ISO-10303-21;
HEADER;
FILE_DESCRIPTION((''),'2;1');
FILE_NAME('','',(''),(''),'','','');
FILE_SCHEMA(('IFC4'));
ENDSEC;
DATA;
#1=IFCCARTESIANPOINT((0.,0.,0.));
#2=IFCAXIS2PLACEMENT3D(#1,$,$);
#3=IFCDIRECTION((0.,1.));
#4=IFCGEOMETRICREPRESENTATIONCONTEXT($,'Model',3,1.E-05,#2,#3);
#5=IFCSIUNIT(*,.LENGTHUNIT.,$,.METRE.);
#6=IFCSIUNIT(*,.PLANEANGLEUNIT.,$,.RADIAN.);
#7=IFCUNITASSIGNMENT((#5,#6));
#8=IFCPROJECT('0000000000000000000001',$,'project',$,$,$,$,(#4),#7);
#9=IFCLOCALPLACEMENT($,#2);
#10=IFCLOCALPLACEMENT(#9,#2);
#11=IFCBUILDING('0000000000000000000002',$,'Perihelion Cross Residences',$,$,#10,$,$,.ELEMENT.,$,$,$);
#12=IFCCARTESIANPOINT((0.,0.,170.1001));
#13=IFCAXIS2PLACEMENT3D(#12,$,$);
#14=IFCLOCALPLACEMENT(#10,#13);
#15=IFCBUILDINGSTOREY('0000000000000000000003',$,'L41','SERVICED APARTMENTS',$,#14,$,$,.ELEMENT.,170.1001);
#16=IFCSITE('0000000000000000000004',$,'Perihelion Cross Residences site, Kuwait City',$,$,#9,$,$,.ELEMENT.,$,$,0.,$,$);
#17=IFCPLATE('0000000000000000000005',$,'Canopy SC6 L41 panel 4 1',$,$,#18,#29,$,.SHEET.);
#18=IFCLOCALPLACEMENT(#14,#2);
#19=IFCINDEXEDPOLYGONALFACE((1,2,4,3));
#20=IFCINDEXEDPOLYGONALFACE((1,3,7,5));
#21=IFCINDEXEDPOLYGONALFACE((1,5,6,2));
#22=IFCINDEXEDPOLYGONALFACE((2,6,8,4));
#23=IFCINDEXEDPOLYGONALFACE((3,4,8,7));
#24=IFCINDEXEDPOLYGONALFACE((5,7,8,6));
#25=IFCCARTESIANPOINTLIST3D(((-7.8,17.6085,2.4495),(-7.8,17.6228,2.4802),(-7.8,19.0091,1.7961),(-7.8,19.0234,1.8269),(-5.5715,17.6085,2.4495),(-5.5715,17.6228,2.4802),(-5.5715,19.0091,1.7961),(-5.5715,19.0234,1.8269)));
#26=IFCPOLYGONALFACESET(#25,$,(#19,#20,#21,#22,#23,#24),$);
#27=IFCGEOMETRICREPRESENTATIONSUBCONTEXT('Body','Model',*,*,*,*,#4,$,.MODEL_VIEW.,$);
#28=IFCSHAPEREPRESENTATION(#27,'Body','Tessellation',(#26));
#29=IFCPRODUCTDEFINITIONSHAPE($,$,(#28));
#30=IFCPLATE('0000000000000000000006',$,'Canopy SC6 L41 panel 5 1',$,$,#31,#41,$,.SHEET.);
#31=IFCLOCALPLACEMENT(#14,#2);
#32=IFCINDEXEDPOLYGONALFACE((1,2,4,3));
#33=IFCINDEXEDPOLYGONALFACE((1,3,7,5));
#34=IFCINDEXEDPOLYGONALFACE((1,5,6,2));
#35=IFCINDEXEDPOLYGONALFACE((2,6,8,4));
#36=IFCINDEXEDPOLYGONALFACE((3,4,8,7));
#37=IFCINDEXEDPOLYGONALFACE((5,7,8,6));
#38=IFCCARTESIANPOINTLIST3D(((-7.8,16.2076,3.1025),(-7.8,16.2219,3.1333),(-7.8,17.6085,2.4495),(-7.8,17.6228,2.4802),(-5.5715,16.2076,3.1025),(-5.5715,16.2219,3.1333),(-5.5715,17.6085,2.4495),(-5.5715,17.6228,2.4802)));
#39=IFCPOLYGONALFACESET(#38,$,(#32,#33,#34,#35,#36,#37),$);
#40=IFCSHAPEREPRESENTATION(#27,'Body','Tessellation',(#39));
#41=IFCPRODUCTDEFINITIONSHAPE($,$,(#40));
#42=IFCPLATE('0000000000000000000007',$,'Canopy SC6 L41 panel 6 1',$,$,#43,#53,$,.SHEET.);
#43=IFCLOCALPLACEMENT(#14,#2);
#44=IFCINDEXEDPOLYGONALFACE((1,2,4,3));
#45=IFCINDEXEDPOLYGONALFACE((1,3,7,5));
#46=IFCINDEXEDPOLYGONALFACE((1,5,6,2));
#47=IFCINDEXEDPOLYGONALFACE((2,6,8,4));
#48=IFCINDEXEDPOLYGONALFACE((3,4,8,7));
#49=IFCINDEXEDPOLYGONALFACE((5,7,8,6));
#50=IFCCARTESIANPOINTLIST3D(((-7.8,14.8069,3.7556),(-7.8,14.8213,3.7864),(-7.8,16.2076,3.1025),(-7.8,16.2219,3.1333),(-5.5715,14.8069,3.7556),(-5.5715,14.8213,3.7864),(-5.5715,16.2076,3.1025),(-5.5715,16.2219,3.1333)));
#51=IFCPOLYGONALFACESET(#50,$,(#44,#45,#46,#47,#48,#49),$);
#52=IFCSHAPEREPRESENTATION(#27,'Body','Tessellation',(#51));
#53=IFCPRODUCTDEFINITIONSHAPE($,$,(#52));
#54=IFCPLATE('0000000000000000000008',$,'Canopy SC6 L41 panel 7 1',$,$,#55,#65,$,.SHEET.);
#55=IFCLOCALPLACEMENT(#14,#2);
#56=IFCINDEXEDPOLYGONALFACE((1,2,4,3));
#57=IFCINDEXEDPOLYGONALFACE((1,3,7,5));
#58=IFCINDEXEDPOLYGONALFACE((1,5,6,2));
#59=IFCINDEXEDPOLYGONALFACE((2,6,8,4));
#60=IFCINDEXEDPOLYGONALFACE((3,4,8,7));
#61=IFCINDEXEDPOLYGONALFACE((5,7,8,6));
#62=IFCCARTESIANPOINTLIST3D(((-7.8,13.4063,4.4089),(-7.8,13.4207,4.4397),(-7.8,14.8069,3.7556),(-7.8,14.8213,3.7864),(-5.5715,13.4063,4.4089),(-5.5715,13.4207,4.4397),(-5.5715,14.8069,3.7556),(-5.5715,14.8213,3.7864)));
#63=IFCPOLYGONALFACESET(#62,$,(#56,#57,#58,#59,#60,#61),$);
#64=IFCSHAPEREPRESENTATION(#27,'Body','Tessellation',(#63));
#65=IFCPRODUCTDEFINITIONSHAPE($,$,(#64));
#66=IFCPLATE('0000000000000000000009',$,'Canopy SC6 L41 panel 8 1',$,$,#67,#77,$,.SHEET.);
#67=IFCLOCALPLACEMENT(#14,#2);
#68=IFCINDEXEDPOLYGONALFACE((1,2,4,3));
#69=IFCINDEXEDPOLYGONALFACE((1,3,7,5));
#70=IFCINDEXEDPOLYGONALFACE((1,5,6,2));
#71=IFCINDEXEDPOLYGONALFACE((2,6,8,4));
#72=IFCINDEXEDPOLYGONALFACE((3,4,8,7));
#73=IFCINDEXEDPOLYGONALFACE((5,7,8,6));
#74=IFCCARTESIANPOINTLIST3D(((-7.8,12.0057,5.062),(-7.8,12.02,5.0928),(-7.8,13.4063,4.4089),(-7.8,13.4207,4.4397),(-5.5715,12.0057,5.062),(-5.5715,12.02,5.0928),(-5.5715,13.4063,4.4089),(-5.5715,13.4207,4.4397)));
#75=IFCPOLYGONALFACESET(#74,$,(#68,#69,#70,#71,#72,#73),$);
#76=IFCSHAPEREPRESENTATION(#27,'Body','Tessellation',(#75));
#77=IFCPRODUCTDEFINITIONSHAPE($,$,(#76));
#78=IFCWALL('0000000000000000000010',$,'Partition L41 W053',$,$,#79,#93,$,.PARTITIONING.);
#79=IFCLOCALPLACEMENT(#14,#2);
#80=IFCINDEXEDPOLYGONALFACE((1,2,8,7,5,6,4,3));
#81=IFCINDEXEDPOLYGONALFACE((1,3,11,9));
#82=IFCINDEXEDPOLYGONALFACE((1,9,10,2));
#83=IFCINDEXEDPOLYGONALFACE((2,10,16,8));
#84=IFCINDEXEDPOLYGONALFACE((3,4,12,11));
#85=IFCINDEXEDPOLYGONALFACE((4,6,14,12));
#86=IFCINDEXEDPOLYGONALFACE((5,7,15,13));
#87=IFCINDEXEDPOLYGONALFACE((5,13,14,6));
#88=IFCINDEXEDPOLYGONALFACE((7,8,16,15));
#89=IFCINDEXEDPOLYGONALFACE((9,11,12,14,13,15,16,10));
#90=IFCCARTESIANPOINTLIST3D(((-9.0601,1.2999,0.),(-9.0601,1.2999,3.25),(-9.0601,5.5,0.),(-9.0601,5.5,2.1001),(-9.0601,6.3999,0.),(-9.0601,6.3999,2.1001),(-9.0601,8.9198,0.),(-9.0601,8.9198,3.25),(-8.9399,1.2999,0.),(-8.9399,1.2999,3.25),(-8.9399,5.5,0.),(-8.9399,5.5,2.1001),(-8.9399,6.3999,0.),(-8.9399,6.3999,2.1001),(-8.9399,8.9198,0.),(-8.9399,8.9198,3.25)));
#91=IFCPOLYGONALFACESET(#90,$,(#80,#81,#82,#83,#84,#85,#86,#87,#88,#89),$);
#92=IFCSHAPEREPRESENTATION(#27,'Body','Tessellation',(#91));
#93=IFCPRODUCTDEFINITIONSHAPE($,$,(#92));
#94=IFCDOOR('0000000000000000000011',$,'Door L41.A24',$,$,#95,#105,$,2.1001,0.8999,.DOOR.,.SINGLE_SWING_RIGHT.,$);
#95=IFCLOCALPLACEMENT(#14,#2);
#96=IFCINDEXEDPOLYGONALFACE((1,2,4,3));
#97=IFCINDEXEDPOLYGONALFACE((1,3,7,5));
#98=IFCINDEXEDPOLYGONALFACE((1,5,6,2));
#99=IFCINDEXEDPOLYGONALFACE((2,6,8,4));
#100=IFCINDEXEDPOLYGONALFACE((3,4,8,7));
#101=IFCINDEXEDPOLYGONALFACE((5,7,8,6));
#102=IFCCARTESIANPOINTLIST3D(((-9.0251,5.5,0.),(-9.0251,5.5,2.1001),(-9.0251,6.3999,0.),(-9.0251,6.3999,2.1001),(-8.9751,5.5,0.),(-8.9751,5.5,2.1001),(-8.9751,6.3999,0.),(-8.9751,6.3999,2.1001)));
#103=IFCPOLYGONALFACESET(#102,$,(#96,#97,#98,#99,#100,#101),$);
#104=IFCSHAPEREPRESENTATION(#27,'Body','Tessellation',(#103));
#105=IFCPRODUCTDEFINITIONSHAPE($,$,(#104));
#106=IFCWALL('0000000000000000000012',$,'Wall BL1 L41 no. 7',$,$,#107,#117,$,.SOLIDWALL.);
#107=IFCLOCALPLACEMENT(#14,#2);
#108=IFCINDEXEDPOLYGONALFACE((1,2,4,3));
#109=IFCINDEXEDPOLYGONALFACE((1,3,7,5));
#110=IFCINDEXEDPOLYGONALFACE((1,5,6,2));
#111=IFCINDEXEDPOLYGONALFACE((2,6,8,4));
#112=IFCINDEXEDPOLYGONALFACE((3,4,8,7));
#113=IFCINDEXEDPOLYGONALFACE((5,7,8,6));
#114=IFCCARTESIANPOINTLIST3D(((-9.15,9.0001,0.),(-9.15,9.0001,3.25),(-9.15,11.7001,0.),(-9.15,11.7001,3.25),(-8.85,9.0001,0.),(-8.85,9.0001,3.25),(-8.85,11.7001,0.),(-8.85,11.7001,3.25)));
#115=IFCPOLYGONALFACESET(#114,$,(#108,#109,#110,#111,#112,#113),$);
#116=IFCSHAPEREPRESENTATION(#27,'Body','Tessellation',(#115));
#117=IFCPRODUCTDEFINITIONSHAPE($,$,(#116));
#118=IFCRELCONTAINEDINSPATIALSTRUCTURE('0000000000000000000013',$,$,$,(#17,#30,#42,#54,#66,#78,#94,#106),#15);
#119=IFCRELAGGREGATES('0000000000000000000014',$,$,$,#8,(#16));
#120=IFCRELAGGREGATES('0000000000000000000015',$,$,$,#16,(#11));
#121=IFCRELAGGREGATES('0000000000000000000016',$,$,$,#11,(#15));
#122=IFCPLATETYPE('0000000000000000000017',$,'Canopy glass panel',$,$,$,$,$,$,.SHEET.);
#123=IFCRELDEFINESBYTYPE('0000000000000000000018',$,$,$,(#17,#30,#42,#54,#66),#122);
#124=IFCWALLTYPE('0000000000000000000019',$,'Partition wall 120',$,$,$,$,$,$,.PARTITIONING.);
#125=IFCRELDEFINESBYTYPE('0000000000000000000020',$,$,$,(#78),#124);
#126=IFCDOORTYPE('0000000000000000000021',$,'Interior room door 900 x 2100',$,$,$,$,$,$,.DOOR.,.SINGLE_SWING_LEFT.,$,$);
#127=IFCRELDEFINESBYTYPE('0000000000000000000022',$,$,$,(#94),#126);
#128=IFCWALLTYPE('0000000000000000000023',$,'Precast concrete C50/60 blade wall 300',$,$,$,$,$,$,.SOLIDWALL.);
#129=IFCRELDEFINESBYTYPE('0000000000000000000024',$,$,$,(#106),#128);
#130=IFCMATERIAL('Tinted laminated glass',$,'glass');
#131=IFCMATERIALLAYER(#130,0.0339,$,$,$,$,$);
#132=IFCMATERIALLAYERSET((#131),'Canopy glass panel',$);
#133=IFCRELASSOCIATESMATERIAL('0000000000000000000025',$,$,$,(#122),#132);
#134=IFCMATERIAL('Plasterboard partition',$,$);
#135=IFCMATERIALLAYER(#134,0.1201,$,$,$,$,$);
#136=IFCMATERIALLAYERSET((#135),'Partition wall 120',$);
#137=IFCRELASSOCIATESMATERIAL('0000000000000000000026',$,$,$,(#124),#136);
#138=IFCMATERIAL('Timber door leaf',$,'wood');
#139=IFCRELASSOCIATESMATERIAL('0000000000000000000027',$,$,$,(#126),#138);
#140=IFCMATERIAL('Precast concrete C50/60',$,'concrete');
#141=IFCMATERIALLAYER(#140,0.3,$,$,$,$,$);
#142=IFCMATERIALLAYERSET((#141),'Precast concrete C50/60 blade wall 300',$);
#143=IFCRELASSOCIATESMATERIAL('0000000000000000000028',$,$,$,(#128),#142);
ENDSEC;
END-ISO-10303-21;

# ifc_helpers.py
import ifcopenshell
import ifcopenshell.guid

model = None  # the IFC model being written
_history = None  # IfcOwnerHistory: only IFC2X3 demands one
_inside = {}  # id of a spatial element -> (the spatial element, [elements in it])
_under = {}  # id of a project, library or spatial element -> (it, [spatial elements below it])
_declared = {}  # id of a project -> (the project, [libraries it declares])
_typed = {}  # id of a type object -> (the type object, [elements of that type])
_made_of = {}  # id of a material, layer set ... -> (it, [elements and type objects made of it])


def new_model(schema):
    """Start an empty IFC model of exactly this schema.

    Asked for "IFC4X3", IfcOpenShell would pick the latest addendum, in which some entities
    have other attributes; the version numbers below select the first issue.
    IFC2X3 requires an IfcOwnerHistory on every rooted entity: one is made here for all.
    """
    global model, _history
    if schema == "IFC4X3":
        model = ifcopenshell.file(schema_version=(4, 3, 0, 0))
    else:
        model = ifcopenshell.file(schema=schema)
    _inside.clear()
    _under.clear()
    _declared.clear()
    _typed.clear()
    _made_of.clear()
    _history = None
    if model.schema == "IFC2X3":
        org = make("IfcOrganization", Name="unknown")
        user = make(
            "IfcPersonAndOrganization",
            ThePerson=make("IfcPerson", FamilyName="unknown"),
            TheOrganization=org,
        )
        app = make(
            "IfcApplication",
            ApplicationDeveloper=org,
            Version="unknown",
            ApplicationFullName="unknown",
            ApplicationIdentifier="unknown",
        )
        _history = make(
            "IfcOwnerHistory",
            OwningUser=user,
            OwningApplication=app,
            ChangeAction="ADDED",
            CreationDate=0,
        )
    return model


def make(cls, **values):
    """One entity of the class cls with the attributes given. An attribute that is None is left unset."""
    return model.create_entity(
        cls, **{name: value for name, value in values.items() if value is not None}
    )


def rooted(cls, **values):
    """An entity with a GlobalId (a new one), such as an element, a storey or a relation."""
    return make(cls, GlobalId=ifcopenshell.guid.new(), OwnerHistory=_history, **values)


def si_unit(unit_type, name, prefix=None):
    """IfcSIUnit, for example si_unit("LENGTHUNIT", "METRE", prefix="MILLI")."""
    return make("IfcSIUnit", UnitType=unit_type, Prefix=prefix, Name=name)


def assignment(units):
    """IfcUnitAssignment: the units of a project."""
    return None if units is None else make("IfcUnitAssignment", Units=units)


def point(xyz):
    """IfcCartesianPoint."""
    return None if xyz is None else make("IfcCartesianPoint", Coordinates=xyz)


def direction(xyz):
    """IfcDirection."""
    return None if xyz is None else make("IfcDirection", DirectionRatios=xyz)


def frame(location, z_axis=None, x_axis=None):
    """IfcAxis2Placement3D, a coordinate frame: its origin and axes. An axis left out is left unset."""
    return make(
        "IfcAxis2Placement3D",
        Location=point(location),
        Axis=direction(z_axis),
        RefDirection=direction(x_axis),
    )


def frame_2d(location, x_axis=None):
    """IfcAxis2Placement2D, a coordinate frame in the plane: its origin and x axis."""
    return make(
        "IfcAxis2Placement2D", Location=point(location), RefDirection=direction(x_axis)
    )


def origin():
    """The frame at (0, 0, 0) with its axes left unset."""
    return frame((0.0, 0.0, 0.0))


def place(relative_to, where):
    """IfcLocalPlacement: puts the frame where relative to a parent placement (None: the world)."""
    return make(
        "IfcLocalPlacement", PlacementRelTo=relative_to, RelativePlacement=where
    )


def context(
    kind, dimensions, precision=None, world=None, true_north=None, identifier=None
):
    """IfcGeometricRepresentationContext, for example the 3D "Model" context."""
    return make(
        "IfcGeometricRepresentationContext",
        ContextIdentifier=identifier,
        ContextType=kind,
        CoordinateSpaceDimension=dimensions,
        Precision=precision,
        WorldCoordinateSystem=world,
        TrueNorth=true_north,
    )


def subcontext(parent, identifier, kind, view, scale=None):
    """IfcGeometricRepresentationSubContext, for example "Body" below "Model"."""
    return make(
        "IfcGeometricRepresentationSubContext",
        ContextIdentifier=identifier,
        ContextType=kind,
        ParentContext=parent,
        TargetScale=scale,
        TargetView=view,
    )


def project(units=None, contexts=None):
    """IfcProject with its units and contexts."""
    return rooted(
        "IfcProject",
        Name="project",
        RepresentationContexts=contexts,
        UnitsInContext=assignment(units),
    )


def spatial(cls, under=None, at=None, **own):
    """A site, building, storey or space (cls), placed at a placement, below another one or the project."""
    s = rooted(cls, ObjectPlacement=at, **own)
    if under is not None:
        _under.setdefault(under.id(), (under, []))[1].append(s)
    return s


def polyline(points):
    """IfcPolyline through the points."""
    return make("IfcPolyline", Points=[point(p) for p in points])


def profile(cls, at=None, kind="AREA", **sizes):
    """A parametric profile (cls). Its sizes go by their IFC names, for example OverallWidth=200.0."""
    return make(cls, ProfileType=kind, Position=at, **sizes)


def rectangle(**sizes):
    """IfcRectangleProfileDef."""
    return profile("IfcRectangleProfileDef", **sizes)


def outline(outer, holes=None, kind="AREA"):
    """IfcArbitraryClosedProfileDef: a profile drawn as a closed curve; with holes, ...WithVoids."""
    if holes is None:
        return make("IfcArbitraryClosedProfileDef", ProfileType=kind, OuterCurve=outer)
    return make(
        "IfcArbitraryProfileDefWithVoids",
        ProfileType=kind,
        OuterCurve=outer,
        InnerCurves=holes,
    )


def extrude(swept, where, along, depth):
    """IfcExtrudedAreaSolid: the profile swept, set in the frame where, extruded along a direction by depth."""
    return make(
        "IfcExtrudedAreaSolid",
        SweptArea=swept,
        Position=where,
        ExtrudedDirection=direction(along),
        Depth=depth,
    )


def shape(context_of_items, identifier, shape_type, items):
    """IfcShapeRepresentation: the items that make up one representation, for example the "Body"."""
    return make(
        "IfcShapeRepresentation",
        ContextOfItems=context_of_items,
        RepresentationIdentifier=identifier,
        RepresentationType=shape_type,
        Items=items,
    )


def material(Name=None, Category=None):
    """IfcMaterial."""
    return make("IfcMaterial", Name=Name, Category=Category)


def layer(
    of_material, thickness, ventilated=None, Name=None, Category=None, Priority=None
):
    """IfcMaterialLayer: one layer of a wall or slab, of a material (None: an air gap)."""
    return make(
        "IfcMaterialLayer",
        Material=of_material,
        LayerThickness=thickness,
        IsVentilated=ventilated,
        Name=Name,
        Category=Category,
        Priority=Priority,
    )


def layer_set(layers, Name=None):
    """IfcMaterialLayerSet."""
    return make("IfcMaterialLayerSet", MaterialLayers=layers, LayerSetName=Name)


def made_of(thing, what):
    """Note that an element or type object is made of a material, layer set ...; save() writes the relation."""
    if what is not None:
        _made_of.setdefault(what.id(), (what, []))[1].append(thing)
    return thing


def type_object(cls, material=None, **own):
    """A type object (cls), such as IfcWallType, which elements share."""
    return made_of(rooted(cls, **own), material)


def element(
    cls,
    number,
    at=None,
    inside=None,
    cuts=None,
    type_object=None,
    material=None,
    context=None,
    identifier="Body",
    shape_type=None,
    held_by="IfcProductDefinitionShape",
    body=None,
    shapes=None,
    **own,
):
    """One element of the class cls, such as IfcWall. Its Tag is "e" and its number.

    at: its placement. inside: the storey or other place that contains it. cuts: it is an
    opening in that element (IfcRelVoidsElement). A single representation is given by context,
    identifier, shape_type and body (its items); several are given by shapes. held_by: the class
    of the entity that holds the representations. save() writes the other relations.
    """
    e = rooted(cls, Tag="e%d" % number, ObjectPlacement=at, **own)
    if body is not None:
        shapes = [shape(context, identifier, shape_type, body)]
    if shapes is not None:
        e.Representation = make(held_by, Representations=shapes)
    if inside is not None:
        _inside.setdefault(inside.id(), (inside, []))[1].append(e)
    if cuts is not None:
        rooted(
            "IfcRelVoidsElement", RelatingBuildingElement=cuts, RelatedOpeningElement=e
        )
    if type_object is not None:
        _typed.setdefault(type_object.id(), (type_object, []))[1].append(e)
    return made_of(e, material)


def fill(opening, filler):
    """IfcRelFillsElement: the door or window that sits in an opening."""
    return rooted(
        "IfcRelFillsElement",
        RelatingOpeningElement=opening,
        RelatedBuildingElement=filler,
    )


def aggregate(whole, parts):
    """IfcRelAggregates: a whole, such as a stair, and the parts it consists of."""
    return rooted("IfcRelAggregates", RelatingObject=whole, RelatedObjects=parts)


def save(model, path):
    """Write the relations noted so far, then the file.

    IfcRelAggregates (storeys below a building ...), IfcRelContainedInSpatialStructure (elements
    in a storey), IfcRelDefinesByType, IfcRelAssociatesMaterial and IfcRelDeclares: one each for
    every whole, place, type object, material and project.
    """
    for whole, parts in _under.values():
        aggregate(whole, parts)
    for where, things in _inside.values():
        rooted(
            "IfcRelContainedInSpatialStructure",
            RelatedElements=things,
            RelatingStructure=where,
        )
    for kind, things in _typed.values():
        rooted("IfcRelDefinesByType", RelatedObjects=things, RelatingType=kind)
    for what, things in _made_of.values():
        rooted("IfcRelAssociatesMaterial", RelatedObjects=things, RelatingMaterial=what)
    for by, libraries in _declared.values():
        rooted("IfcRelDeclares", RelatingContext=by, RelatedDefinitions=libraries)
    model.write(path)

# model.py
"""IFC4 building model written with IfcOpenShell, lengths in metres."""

from ifc_helpers import new_model, si_unit, direction, frame, frame_2d, origin, place, context, subcontext, project, spatial, polyline, rectangle, outline, extrude, material, layer, layer_set, type_object, element, fill, save


model = new_model("IFC4")

# Units and contexts
model_context = context("Model", 3, precision=1e-05, world=origin(), true_north=direction((0.0, 1.0)))
body_context = subcontext(model_context, "Body", "Model", "MODEL_VIEW")
ifc_project = project(units=[si_unit("LENGTHUNIT", "METRE"), si_unit("PLANEANGLEUNIT", "RADIAN")], contexts=[model_context])

# Site, building, storey
site_placement = place(None, origin())
site = spatial("IfcSite", under=ifc_project, at=site_placement, Name="Perihelion Cross Residences site, Kuwait City", CompositionType="ELEMENT", RefElevation=0.0)
building_placement = place(site_placement, origin())
building = spatial("IfcBuilding", under=site, at=building_placement, Name="Perihelion Cross Residences", CompositionType="ELEMENT")
storey_placement = place(building_placement, frame((0.0, 0.0, 170.1001)))
storey = spatial("IfcBuildingStorey", under=building, at=storey_placement, Name="L41", Description="SERVICED APARTMENTS", CompositionType="ELEMENT", Elevation=170.1001)

# Plates
ifc_material_1 = material(Name="Tinted laminated glass", Category="glass")
ifc_layer_1 = layer(ifc_material_1, 0.0339)
ifc_layer_set_1 = layer_set([ifc_layer_1], Name="Canopy glass panel")
plate_type_1 = type_object("IfcPlateType", Name="Canopy glass panel", PredefinedType="SHEET", material=ifc_layer_set_1)
plate_1_placement = place(storey_placement, frame((-7.8, 19.0234, 1.8269), z_axis=(0.0, 0.422721, 0.90626), x_axis=(1.0, 0.0, 0.0)))
element("IfcPlate", 1, at=plate_1_placement, inside=storey, type_object=plate_type_1, Name="Canopy SC6 L41 panel 4 1", PredefinedType="SHEET", context=body_context, shape_type="SweptSolid", body=[
    extrude(outline(polyline([(0.0, 0.0), (2.2285, 0.0), (2.2285, -1.5455), (0.0, -1.5455), (0.0, 0.0)])), origin(), (0.0, 0.0, -1.0), 0.0339),
])
plate_2_placement = place(storey_placement, frame((-7.8, 17.6228, 2.4802), z_axis=(0.0, 0.422531, 0.906349), x_axis=(1.0, 0.0, 0.0)))
element("IfcPlate", 2, at=plate_2_placement, inside=storey, type_object=plate_type_1, Name="Canopy SC6 L41 panel 5 1", PredefinedType="SHEET", context=body_context, shape_type="SweptSolid", body=[
    extrude(outline(polyline([(0.0, 0.0), (2.2285, 0.0), (2.2285, -1.5456), (0.0, -1.5456), (0.0, 0.0)])), origin(), (0.0, 0.0, -1.0), 0.0339),
])
plate_3_placement = place(storey_placement, frame((-7.8, 16.2219, 3.1333), z_axis=(0.0, 0.422591, 0.90632), x_axis=(1.0, 0.0, 0.0)))
element("IfcPlate", 3, at=plate_3_placement, inside=storey, type_object=plate_type_1, Name="Canopy SC6 L41 panel 6 1", PredefinedType="SHEET", context=body_context, shape_type="SweptSolid", body=[
    extrude(outline(polyline([(0.0, 0.0), (2.2285, 0.0), (2.2285, -1.5454), (0.0, -1.5454), (0.0, 0.0)])), origin(), (0.0, 0.0, -1.0), 0.0339),
])
plate_4_placement = place(storey_placement, frame((-7.8, 14.8213, 3.7864), z_axis=(0.0, 0.422721, 0.90626), x_axis=(1.0, 0.0, 0.0)))
element("IfcPlate", 4, at=plate_4_placement, inside=storey, type_object=plate_type_1, Name="Canopy SC6 L41 panel 7 1", PredefinedType="SHEET", context=body_context, shape_type="SweptSolid", body=[
    extrude(outline(polyline([(0.0, 0.0), (2.2285, 0.0), (2.2285, -1.5455), (0.0, -1.5455), (0.0, 0.0)])), origin(), (0.0, 0.0, -1.0), 0.0339),
])
plate_5_placement = place(storey_placement, frame((-7.8, 13.4207, 4.4397), z_axis=(0.0, 0.422591, 0.90632), x_axis=(1.0, 0.0, 0.0)))
element("IfcPlate", 5, at=plate_5_placement, inside=storey, type_object=plate_type_1, Name="Canopy SC6 L41 panel 8 1", PredefinedType="SHEET", context=body_context, shape_type="SweptSolid", body=[
    extrude(outline(polyline([(0.0, 0.0), (2.2285, 0.0), (2.2285, -1.5454), (0.0, -1.5454), (0.0, 0.0)])), origin(), (0.0, 0.0, -1.0), 0.0339),
])

# Wall, opening, door
ifc_material_2 = material(Name="Plasterboard partition")
ifc_layer_2 = layer(ifc_material_2, 0.1201)
ifc_layer_set_2 = layer_set([ifc_layer_2], Name="Partition wall 120")
wall_type_1 = type_object("IfcWallType", Name="Partition wall 120", PredefinedType="PARTITIONING", material=ifc_layer_set_2)
wall_1_placement = place(storey_placement, frame((-9.0, 8.9199, 0.0), z_axis=(0.0, 0.0, 1.0), x_axis=(0.0, -1.0, 0.0)))
wall_1 = element("IfcWall", 6, at=wall_1_placement, inside=storey, type_object=wall_type_1, Name="Partition L41 W053", PredefinedType="PARTITIONING", context=body_context, shape_type="SweptSolid", body=[
    extrude(rectangle(XDim=7.6199, YDim=0.1201, at=frame_2d((3.8101, 0.0))), origin(), (0.0, 0.0, 1.0), 3.25),
])
opening_1_placement = place(wall_1_placement, frame((2.52, 0.0, 0.0)))
opening_1 = element("IfcOpeningElement", 7, at=opening_1_placement, cuts=wall_1, PredefinedType="OPENING", context=body_context, shape_type="SweptSolid", body=[
    extrude(rectangle(XDim=0.8999, YDim=2.1001, at=frame_2d((0.45, 1.05))), frame((0.0, 0.0701, 0.0), z_axis=(0.0, -1.0, 0.0), x_axis=(1.0, 0.0, 0.0)), (0.0, 0.0, 1.0), 0.1401),
])
ifc_material_3 = material(Name="Timber door leaf", Category="wood")
door_type_1 = type_object("IfcDoorType", Name="Interior room door 900 x 2100", OperationType="SINGLE_SWING_LEFT", PredefinedType="DOOR", material=ifc_material_3)
door_1_placement = place(opening_1_placement, origin())
door_1 = element("IfcDoor", 8, at=door_1_placement, inside=storey, type_object=door_type_1, Name="Door L41.A24", OperationType="SINGLE_SWING_RIGHT", OverallHeight=2.1001, OverallWidth=0.8999, PredefinedType="DOOR", context=body_context, shape_type="SweptSolid", body=[
    extrude(rectangle(XDim=0.8999, YDim=2.1001, at=frame_2d((0.45, 1.05))), frame((0.0, 0.0249, 0.0), z_axis=(0.0, -1.0, 0.0), x_axis=(1.0, 0.0, 0.0)), (0.0, 0.0, 1.0), 0.05),
])
fill(opening_1, door_1)

# Wall
ifc_material_4 = material(Name="Precast concrete C50/60", Category="concrete")
ifc_layer_3 = layer(ifc_material_4, 0.3)
ifc_layer_set_3 = layer_set([ifc_layer_3], Name="Precast concrete C50/60 blade wall 300")
wall_type_2 = type_object("IfcWallType", Name="Precast concrete C50/60 blade wall 300", PredefinedType="SOLIDWALL", material=ifc_layer_set_3)
wall_2_placement = place(storey_placement, frame((-9.0, 9.0, 0.0), z_axis=(0.0, 0.0, 1.0), x_axis=(0.0, 1.0, 0.0)))
element("IfcWall", 9, at=wall_2_placement, inside=storey, type_object=wall_type_2, Name="Wall BL1 L41 no. 7", PredefinedType="SOLIDWALL", context=body_context, shape_type="SweptSolid", body=[
    extrude(rectangle(XDim=2.7, YDim=0.3, at=frame_2d((1.3501, 0.0))), origin(), (0.0, 0.0, 1.0), 3.25),
])

save(model, "model.ifc")
